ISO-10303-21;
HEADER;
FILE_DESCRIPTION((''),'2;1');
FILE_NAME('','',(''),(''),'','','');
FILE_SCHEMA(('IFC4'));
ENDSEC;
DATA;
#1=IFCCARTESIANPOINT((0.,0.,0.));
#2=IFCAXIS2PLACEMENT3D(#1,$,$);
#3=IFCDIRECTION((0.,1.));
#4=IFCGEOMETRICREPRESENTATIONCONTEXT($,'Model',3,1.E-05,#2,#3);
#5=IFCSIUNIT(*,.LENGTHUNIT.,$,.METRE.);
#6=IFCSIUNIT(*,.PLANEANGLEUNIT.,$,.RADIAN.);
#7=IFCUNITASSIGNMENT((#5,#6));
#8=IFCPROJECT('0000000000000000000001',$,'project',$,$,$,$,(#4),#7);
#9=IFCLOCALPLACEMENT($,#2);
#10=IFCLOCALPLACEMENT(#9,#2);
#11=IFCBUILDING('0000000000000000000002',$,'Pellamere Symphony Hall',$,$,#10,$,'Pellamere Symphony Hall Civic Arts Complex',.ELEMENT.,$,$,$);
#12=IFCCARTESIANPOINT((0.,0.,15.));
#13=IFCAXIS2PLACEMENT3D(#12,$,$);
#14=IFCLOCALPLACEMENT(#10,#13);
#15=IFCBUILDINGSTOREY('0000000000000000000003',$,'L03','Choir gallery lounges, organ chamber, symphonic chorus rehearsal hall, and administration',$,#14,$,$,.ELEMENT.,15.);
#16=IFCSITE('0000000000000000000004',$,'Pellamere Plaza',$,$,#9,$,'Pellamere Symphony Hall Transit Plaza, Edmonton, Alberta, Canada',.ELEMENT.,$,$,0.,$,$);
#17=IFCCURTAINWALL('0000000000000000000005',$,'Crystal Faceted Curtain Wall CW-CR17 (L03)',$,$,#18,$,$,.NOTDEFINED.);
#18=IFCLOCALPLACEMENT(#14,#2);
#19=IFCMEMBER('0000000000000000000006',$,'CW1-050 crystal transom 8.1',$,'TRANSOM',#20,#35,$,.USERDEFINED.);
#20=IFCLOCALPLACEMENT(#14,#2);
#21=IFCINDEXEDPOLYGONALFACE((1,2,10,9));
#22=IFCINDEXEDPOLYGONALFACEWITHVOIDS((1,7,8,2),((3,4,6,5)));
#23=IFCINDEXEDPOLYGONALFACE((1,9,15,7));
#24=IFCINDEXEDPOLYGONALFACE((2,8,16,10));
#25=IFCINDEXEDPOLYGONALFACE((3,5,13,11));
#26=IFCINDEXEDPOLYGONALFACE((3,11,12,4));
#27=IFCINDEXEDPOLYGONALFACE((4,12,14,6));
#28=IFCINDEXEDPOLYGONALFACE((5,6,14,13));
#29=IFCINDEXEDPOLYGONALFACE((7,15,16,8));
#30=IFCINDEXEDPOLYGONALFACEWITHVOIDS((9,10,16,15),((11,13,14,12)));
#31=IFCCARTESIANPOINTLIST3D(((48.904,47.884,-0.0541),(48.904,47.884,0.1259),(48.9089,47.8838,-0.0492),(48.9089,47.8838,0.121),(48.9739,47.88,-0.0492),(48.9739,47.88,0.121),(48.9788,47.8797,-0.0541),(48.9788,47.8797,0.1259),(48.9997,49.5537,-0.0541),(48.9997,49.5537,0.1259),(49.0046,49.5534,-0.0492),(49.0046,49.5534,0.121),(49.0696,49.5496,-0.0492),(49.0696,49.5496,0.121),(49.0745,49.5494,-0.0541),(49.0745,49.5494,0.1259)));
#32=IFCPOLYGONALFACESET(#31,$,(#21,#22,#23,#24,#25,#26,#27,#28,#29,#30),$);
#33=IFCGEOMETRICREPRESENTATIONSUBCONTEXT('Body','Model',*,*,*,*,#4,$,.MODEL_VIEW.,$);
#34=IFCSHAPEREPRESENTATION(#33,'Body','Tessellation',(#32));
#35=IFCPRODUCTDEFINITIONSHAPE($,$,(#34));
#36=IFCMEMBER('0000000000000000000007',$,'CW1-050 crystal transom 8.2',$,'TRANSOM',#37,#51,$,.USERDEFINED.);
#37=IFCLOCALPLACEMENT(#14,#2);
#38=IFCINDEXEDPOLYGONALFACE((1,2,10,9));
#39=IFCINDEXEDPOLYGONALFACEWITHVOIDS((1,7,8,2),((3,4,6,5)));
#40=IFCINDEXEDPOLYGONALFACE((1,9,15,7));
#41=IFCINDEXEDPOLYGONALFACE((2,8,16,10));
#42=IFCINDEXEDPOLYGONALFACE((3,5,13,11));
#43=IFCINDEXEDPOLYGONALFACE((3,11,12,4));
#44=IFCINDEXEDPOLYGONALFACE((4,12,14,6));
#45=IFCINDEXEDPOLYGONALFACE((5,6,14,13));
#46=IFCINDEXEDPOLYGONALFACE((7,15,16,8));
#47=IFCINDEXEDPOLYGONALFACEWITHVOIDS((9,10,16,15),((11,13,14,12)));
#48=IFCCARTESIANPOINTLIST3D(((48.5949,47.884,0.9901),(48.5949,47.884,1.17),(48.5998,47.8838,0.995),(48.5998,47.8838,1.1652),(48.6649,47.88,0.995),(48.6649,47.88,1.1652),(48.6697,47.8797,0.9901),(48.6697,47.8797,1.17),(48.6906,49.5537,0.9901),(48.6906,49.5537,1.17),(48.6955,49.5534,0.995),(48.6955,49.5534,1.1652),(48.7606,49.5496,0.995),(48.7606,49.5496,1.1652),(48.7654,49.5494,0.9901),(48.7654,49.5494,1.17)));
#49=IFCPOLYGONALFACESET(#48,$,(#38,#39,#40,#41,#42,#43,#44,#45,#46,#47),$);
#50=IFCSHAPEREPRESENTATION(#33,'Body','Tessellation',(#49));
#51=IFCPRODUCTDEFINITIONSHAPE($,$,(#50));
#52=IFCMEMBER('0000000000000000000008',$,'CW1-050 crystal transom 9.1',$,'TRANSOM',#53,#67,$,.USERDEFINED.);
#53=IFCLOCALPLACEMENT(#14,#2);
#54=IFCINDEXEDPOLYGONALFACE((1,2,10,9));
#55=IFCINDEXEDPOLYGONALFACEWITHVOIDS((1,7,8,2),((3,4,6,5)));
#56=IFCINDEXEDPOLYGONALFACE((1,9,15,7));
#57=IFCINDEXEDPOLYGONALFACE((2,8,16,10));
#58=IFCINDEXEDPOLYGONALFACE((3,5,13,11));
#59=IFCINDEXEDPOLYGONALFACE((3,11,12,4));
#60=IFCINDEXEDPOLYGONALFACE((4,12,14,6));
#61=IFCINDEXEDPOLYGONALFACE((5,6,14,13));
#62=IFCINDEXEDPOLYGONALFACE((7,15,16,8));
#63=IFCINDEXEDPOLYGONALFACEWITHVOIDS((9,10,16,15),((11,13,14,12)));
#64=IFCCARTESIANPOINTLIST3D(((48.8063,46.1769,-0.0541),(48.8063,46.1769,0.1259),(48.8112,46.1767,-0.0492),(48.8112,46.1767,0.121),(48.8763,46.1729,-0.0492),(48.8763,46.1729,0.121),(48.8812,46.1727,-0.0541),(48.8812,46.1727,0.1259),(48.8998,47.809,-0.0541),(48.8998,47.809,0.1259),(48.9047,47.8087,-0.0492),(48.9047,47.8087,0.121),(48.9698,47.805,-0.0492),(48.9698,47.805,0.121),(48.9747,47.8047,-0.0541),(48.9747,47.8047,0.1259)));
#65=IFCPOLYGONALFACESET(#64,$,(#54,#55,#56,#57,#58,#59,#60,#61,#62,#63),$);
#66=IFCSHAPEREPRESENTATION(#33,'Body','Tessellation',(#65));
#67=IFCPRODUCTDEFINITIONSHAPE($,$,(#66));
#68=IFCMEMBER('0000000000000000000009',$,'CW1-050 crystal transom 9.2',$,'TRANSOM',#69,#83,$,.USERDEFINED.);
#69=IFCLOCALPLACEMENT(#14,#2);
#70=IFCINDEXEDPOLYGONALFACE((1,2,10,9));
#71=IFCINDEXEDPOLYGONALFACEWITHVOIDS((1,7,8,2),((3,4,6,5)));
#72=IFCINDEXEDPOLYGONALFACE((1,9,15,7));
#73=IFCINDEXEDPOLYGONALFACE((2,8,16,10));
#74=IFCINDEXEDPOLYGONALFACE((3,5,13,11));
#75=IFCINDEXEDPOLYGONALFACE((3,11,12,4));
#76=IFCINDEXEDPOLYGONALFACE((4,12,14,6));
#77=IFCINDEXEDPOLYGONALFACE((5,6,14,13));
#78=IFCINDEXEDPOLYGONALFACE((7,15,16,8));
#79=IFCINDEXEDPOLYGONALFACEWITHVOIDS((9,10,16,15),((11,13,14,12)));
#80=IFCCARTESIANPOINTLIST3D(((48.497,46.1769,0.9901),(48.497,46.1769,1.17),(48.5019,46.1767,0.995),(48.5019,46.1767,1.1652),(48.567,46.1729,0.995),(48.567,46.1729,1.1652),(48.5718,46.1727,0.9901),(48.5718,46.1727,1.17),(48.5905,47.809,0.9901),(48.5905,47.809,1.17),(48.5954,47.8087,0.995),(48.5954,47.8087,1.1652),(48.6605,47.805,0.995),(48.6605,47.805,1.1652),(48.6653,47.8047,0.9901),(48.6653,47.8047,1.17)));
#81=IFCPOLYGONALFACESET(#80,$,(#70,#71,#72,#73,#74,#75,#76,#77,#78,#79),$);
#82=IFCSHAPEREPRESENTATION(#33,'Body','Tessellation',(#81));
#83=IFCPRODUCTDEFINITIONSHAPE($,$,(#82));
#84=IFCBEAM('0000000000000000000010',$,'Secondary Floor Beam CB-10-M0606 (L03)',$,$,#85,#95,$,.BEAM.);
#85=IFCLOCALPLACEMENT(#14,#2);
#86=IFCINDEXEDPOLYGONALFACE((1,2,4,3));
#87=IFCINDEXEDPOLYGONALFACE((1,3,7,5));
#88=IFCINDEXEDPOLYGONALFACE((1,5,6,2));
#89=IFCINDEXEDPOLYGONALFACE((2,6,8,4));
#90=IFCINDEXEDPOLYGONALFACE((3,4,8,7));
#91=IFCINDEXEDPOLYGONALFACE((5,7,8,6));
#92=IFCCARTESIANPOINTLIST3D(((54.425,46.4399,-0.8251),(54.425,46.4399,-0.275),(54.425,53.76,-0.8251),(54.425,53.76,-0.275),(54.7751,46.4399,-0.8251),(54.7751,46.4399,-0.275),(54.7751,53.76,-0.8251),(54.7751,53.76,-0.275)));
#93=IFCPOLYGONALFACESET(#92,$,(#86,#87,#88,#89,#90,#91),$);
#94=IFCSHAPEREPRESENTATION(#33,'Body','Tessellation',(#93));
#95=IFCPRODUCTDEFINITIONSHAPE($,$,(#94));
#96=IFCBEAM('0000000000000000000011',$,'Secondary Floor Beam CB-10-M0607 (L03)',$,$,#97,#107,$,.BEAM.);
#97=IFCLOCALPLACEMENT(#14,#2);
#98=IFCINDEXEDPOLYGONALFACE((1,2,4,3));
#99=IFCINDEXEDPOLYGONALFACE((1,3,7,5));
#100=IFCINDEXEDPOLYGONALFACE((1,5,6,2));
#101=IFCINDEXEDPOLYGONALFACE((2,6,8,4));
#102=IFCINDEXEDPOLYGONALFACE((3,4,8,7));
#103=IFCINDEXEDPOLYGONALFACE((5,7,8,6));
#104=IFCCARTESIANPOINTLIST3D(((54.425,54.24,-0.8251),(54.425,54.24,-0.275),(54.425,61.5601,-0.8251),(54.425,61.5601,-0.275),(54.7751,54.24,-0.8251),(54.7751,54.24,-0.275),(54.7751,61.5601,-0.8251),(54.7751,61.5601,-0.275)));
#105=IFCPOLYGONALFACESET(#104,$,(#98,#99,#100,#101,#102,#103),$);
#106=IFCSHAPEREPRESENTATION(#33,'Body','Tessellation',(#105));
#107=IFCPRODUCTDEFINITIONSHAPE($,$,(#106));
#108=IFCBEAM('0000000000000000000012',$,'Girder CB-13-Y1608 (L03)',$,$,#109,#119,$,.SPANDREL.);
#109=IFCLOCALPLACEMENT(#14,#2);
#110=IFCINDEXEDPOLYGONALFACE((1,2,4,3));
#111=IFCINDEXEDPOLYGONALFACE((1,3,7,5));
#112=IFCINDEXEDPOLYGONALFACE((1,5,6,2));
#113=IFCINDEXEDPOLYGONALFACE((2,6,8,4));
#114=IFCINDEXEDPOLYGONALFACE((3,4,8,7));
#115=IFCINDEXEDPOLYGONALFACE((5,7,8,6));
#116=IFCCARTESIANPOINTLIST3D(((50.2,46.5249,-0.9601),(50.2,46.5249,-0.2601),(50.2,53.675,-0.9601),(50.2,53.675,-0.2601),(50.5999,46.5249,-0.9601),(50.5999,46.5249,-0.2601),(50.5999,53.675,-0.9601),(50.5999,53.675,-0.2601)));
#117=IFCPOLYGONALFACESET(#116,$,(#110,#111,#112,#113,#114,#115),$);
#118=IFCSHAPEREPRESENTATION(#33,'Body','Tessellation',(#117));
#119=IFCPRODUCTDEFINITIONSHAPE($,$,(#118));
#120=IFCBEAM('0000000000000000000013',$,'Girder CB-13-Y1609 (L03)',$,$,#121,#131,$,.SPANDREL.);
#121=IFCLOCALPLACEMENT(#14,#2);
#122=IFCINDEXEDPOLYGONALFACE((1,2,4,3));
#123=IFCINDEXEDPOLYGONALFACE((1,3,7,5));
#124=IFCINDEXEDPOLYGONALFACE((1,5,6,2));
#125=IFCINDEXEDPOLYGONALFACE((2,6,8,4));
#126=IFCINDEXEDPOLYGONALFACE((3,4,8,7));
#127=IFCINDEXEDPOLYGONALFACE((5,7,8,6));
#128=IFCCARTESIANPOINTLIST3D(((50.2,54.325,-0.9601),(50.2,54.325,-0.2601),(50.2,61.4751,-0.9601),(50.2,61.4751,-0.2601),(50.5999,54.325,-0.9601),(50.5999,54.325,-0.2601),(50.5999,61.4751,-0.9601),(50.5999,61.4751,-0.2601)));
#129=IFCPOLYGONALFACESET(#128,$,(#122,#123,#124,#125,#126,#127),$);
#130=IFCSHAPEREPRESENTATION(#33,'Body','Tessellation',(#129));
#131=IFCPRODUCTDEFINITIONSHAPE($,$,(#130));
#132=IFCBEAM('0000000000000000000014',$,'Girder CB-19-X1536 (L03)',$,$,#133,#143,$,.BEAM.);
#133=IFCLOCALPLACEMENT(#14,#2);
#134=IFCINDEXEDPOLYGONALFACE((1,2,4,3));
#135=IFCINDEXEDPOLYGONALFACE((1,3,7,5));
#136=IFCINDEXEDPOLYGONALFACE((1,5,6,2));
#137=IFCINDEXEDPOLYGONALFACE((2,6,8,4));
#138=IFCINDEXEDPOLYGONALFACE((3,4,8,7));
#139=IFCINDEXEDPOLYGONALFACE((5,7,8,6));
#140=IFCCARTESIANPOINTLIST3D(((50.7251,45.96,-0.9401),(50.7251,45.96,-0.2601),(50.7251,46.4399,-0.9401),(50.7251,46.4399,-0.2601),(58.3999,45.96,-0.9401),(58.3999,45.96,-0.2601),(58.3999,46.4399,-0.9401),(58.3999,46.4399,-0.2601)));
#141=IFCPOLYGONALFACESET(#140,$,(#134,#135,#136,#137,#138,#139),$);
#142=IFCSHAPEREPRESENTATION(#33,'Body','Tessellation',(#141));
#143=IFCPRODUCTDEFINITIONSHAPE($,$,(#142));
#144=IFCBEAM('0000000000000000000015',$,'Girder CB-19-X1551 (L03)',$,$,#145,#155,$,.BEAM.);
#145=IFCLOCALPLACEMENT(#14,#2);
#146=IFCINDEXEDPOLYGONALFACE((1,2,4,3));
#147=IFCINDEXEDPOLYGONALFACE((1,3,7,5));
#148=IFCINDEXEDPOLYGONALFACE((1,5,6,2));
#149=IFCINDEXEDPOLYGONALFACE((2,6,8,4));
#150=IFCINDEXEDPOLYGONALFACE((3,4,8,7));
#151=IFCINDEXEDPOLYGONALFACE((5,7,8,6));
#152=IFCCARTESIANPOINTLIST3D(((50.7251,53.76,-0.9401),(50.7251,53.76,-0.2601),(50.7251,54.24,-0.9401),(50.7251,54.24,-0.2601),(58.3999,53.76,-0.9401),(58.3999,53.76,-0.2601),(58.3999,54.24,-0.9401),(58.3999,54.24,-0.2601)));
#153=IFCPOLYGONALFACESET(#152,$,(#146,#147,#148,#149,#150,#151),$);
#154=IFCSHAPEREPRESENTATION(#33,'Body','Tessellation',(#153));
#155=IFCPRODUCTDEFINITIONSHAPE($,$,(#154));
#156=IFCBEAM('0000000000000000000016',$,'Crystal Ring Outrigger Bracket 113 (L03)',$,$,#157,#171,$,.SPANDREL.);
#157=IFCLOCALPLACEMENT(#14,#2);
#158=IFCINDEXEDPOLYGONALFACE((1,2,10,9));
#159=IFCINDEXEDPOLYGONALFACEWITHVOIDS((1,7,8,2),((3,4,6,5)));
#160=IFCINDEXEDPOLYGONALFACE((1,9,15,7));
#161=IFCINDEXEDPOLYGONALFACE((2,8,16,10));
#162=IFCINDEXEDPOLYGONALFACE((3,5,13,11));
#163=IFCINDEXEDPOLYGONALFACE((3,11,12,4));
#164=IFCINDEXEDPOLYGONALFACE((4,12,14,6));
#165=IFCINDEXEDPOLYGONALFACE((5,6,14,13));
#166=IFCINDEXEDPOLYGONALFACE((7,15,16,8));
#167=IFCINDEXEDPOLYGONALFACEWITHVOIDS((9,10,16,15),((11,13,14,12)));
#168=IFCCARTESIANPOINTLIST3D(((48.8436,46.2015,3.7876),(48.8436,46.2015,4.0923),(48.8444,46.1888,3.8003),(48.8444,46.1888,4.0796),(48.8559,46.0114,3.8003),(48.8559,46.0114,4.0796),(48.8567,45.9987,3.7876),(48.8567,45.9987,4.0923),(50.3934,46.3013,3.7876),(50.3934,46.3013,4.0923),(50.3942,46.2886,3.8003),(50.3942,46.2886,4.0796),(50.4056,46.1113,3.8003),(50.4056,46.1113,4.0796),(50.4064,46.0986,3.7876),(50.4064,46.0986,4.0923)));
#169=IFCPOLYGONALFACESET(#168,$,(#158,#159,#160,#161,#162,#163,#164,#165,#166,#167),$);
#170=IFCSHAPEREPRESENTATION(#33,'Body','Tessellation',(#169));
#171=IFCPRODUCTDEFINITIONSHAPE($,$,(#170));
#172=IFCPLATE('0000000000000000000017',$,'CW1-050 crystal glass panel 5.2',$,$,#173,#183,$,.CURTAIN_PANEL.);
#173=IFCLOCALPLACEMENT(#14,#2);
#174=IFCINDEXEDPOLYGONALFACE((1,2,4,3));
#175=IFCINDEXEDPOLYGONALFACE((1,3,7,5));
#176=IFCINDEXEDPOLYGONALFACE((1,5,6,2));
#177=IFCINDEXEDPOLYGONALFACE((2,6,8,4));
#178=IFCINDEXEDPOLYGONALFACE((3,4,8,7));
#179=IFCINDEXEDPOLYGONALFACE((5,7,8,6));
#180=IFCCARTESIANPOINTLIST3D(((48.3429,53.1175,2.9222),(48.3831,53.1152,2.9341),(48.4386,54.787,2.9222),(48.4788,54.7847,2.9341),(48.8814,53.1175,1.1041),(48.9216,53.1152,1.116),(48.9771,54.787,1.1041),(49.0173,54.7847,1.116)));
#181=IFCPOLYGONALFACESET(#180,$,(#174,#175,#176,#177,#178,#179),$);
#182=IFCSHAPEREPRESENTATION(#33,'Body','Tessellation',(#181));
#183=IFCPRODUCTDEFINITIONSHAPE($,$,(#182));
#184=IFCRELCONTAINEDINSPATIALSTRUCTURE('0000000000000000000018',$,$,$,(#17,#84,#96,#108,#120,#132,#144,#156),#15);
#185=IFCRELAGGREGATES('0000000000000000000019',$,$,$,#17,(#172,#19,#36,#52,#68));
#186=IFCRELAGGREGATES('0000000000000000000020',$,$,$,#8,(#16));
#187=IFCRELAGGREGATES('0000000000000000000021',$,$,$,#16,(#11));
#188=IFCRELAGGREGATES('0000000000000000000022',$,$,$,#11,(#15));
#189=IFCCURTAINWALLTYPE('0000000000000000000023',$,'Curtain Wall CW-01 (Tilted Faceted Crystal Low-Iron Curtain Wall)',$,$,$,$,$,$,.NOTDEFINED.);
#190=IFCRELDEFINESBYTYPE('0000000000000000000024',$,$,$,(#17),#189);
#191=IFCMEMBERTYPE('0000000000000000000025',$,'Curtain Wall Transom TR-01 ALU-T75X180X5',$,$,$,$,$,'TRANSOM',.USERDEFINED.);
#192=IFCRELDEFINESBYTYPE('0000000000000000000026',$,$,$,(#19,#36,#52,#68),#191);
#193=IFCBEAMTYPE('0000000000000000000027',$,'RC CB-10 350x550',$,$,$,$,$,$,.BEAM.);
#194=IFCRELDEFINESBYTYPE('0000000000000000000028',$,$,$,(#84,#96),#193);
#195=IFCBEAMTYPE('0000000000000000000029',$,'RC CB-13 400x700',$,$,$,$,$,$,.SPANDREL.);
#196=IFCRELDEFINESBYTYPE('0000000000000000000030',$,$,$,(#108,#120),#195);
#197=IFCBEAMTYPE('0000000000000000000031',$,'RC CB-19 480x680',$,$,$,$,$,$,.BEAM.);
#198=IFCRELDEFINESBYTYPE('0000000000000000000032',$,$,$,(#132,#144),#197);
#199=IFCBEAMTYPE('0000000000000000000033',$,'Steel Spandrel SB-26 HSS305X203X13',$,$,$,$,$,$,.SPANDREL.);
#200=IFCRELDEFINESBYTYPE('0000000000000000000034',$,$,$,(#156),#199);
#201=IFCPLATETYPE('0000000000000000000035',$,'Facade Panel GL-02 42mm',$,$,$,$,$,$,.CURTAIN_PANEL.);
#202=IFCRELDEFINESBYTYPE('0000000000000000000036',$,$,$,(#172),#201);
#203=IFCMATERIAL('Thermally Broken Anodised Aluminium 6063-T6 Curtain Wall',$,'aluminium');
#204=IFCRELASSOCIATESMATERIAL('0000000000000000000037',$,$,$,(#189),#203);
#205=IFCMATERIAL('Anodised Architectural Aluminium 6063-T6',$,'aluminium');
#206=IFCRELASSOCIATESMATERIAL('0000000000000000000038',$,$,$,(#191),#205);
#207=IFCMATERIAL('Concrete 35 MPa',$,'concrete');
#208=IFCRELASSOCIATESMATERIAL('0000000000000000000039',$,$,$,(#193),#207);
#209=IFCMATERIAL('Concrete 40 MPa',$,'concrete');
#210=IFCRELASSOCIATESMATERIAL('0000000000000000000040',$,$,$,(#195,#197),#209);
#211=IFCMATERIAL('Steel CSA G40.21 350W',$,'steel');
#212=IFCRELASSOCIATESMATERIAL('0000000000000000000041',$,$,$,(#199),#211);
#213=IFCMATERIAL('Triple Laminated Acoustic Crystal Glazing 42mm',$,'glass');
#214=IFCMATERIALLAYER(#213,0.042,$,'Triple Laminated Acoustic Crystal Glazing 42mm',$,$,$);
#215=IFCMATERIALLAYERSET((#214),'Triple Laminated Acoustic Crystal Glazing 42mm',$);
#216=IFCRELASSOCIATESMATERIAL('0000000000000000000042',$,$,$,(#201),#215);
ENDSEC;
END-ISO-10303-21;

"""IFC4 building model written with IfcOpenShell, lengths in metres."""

from ifc_helpers import new_model, si_unit, direction, frame, origin, origin_2d, place, context, subcontext, project, spatial, polyline, rectangle, hollow_rectangle, outline, extrude, material, layer, layer_set, material_profile, profile_set, type_object, element, aggregate, save


model = new_model("IFC4")

# Units and contexts
model_context = context("Model", 3, precision=1e-05, world=origin(), true_north=direction((0.0, 1.0)))
body_context = subcontext(model_context, "Body", "Model", "MODEL_VIEW")
ifc_project = project(units=[si_unit("LENGTHUNIT", "METRE"), si_unit("PLANEANGLEUNIT", "RADIAN")], contexts=[model_context])

# Site, building, storey
site_placement = place(None, origin())
site = spatial("IfcSite", under=ifc_project, at=site_placement, Name="Pellamere Plaza", LongName="Pellamere Symphony Hall Transit Plaza, Edmonton, Alberta, Canada", CompositionType="ELEMENT", RefElevation=0.0)
building_placement = place(site_placement, origin())
building = spatial("IfcBuilding", under=site, at=building_placement, Name="Pellamere Symphony Hall", LongName="Pellamere Symphony Hall Civic Arts Complex", CompositionType="ELEMENT")
storey_placement = place(building_placement, frame((0.0, 0.0, 15.0)))
storey = spatial("IfcBuildingStorey", under=building, at=storey_placement, Name="L03", Description="Choir gallery lounges, organ chamber, symphonic chorus rehearsal hall, and administration", CompositionType="ELEMENT", Elevation=15.0)

# Shared definitions
ifc_material_1 = material(Name="Concrete 40 MPa", Category="concrete")

# Curtain wall, members
ifc_material_2 = material(Name="Thermally Broken Anodised Aluminium 6063-T6 Curtain Wall", Category="aluminium")
curtain_wall_type = type_object("IfcCurtainWallType", Name="Curtain Wall CW-01 (Tilted Faceted Crystal Low-Iron Curtain Wall)", PredefinedType="NOTDEFINED", material=ifc_material_2)
curtain_wall_placement = place(storey_placement, origin())
curtain_wall = element("IfcCurtainWall", 1, at=curtain_wall_placement, inside=storey, type_object=curtain_wall_type, Name="Crystal Faceted Curtain Wall CW-CR17 (L03)", PredefinedType="NOTDEFINED")
ifc_material_3 = material(Name="Anodised Architectural Aluminium 6063-T6", Category="aluminium")
ifc_material_profile_1 = material_profile(ifc_material_3, hollow_rectangle(XDim=0.075, YDim=0.1799, WallThickness=0.0049, at=origin_2d()), Name="ALU-T75X180X5")
ifc_profile_set_1 = profile_set([ifc_material_profile_1], Name="Anodised Architectural Aluminium 6063-T6")
member_type_1 = type_object("IfcMemberType", Name="Curtain Wall Transom TR-01 ALU-T75X180X5", ElementType="TRANSOM", PredefinedType="USERDEFINED", material=ifc_profile_set_1)
member_1_placement = place(storey_placement, frame((49.0371, 49.5515, 0.0359), z_axis=(-0.057224, -0.998361, 0.0), x_axis=(0.998361, -0.057224, 0.0)))
member_1 = element("IfcMember", 2, at=member_1_placement, type_object=member_type_1, Name="CW1-050 crystal transom 8.1", ObjectType="TRANSOM", PredefinedType="USERDEFINED", context=body_context, shape_type="SweptSolid", body=[
    extrude(hollow_rectangle(XDim=0.075, YDim=0.1799, WallThickness=0.0049, at=origin_2d()), origin(), (0.0, 0.0, 1.0), 1.6724),
])
member_2_placement = place(storey_placement, frame((48.728, 49.5515, 1.0801), z_axis=(-0.057224, -0.998361, 0.0), x_axis=(0.998361, -0.057224, 0.0)))
member_2 = element("IfcMember", 3, at=member_2_placement, type_object=member_type_1, Name="CW1-050 crystal transom 8.2", ObjectType="TRANSOM", PredefinedType="USERDEFINED", context=body_context, shape_type="SweptSolid", body=[
    extrude(hollow_rectangle(XDim=0.075, YDim=0.1799, WallThickness=0.0049, at=origin_2d()), origin(), (0.0, 0.0, 1.0), 1.6724),
])
member_3_placement = place(storey_placement, frame((48.9373, 47.8069, 0.0359), z_axis=(-0.057199, -0.998363, 0.0), x_axis=(0.998363, -0.057199, 0.0)))
member_3 = element("IfcMember", 4, at=member_3_placement, type_object=member_type_1, Name="CW1-050 crystal transom 9.1", ObjectType="TRANSOM", PredefinedType="USERDEFINED", context=body_context, shape_type="SweptSolid", body=[
    extrude(hollow_rectangle(XDim=0.075, YDim=0.1799, WallThickness=0.0049, at=origin_2d()), origin(), (0.0, 0.0, 1.0), 1.6348),
])
member_4_placement = place(storey_placement, frame((48.6279, 47.8069, 1.0801), z_axis=(-0.057199, -0.998363, 0.0), x_axis=(0.998363, -0.057199, 0.0)))
member_4 = element("IfcMember", 5, at=member_4_placement, type_object=member_type_1, Name="CW1-050 crystal transom 9.2", ObjectType="TRANSOM", PredefinedType="USERDEFINED", context=body_context, shape_type="SweptSolid", body=[
    extrude(hollow_rectangle(XDim=0.075, YDim=0.1799, WallThickness=0.0049, at=origin_2d()), origin(), (0.0, 0.0, 1.0), 1.6348),
])

# Beams
ifc_material_4 = material(Name="Concrete 35 MPa", Category="concrete")
ifc_material_profile_2 = material_profile(ifc_material_4, rectangle(XDim=0.3501, YDim=0.55, at=origin_2d()), Name="RC 350x550")
ifc_profile_set_2 = profile_set([ifc_material_profile_2], Name="Concrete 35 MPa")
beam_type_1 = type_object("IfcBeamType", Name="RC CB-10 350x550", PredefinedType="BEAM", material=ifc_profile_set_2)
for number, where, z_axis, x_axis, name in (
    (6, (54.6001, 46.4399, -0.55), (0.0, 1.0, 0.0), (-1.0, 0.0, 0.0), "Secondary Floor Beam CB-10-M0606 (L03)"),
    (7, (54.6001, 54.24, -0.55), (0.0, 1.0, 0.0), (-1.0, 0.0, 0.0), "Secondary Floor Beam CB-10-M0607 (L03)"),
):
    element("IfcBeam", number, at=place(storey_placement, frame(where, z_axis=z_axis, x_axis=x_axis)), inside=storey, type_object=beam_type_1, Name=name, PredefinedType="BEAM", context=body_context, shape_type="SweptSolid", body=[
        extrude(rectangle(XDim=0.3501, YDim=0.55, at=origin_2d()), origin(), (0.0, 0.0, 1.0), 7.3201),
    ])
ifc_material_profile_3 = material_profile(ifc_material_1, rectangle(XDim=0.3999, YDim=0.7, at=origin_2d()), Name="RC 400x700")
ifc_profile_set_3 = profile_set([ifc_material_profile_3], Name="Concrete 40 MPa")
beam_type_2 = type_object("IfcBeamType", Name="RC CB-13 400x700", PredefinedType="SPANDREL", material=ifc_profile_set_3)
for number, where, z_axis, x_axis, name in (
    (8, (50.3999, 46.5249, -0.6101), (0.0, 1.0, 0.0), (-1.0, 0.0, 0.0), "Girder CB-13-Y1608 (L03)"),
    (9, (50.3999, 54.325, -0.6101), (0.0, 1.0, 0.0), (-1.0, 0.0, 0.0), "Girder CB-13-Y1609 (L03)"),
):
    element("IfcBeam", number, at=place(storey_placement, frame(where, z_axis=z_axis, x_axis=x_axis)), inside=storey, type_object=beam_type_2, Name=name, PredefinedType="SPANDREL", context=body_context, shape_type="SweptSolid", body=[
        extrude(rectangle(XDim=0.3999, YDim=0.7, at=origin_2d()), origin(), (0.0, 0.0, 1.0), 7.1501),
    ])
ifc_material_profile_4 = material_profile(ifc_material_1, rectangle(XDim=0.48, YDim=0.6799, at=origin_2d()), Name="RC 480x680")
ifc_profile_set_4 = profile_set([ifc_material_profile_4], Name="Concrete 40 MPa")
beam_type_3 = type_object("IfcBeamType", Name="RC CB-19 480x680", PredefinedType="BEAM", material=ifc_profile_set_4)
for number, where, z_axis, x_axis, name in (
    (10, (50.7251, 46.2, -0.6001), (1.0, 0.0, 0.0), (0.0, 1.0, 0.0), "Girder CB-19-X1536 (L03)"),
    (11, (50.7251, 54.0, -0.6001), (1.0, 0.0, 0.0), (0.0, 1.0, 0.0), "Girder CB-19-X1551 (L03)"),
):
    element("IfcBeam", number, at=place(storey_placement, frame(where, z_axis=z_axis, x_axis=x_axis)), inside=storey, type_object=beam_type_3, Name=name, PredefinedType="BEAM", context=body_context, shape_type="SweptSolid", body=[
        extrude(rectangle(XDim=0.48, YDim=0.6799, at=origin_2d()), origin(), (0.0, 0.0, 1.0), 7.6748),
    ])
ifc_material_5 = material(Name="Steel CSA G40.21 350W", Category="steel")
ifc_material_profile_5 = material_profile(ifc_material_5, hollow_rectangle(XDim=0.2031, YDim=0.3047, WallThickness=0.0127, at=origin_2d()), Name="HSS305X203X13")
ifc_profile_set_5 = profile_set([ifc_material_profile_5], Name="Steel CSA G40.21 350W")
beam_type_4 = type_object("IfcBeamType", Name="Steel Spandrel SB-26 HSS305X203X13", PredefinedType="SPANDREL", material=ifc_profile_set_5)
beam_placement = place(storey_placement, frame((50.3999, 46.2, 3.9399), z_axis=(-0.997931, -0.064296, 0.0), x_axis=(0.064296, -0.997931, 0.0)))
element("IfcBeam", 12, at=beam_placement, inside=storey, type_object=beam_type_4, Name="Crystal Ring Outrigger Bracket 113 (L03)", PredefinedType="SPANDREL", context=body_context, shape_type="SweptSolid", body=[
    extrude(hollow_rectangle(XDim=0.2031, YDim=0.3047, WallThickness=0.0127, at=origin_2d()), origin(), (0.0, 0.0, 1.0), 1.553),
])

# Plate
ifc_material_6 = material(Name="Triple Laminated Acoustic Crystal Glazing 42mm", Category="glass")
ifc_layer_1 = layer(ifc_material_6, 0.042, Name="Triple Laminated Acoustic Crystal Glazing 42mm")
ifc_layer_set_1 = layer_set([ifc_layer_1], Name="Triple Laminated Acoustic Crystal Glazing 42mm")
plate_type_1 = type_object("IfcPlateType", Name="Facade Panel GL-02 42mm", PredefinedType="CURTAIN_PANEL", material=ifc_layer_set_1)
plate_1_placement = place(storey_placement, frame((49.0173, 54.7847, 1.116), z_axis=(0.957371, -0.054883, 0.283599), x_axis=(-0.057233, -0.998361, 0.0)))
plate_1 = element("IfcPlate", 13, at=plate_1_placement, type_object=plate_type_1, Name="CW1-050 crystal glass panel 5.2", PredefinedType="CURTAIN_PANEL", context=body_context, shape_type="SweptSolid", body=[
    extrude(outline(polyline([(0.0, 0.0), (1.6722, 0.0), (1.703, -1.896), (0.0308, -1.896), (0.0, 0.0)])), origin(), (0.0, 0.0, -1.0), 0.042),
])
aggregate(curtain_wall, [plate_1, member_1, member_2, member_3, member_4])

save(model, "model.ifc")
